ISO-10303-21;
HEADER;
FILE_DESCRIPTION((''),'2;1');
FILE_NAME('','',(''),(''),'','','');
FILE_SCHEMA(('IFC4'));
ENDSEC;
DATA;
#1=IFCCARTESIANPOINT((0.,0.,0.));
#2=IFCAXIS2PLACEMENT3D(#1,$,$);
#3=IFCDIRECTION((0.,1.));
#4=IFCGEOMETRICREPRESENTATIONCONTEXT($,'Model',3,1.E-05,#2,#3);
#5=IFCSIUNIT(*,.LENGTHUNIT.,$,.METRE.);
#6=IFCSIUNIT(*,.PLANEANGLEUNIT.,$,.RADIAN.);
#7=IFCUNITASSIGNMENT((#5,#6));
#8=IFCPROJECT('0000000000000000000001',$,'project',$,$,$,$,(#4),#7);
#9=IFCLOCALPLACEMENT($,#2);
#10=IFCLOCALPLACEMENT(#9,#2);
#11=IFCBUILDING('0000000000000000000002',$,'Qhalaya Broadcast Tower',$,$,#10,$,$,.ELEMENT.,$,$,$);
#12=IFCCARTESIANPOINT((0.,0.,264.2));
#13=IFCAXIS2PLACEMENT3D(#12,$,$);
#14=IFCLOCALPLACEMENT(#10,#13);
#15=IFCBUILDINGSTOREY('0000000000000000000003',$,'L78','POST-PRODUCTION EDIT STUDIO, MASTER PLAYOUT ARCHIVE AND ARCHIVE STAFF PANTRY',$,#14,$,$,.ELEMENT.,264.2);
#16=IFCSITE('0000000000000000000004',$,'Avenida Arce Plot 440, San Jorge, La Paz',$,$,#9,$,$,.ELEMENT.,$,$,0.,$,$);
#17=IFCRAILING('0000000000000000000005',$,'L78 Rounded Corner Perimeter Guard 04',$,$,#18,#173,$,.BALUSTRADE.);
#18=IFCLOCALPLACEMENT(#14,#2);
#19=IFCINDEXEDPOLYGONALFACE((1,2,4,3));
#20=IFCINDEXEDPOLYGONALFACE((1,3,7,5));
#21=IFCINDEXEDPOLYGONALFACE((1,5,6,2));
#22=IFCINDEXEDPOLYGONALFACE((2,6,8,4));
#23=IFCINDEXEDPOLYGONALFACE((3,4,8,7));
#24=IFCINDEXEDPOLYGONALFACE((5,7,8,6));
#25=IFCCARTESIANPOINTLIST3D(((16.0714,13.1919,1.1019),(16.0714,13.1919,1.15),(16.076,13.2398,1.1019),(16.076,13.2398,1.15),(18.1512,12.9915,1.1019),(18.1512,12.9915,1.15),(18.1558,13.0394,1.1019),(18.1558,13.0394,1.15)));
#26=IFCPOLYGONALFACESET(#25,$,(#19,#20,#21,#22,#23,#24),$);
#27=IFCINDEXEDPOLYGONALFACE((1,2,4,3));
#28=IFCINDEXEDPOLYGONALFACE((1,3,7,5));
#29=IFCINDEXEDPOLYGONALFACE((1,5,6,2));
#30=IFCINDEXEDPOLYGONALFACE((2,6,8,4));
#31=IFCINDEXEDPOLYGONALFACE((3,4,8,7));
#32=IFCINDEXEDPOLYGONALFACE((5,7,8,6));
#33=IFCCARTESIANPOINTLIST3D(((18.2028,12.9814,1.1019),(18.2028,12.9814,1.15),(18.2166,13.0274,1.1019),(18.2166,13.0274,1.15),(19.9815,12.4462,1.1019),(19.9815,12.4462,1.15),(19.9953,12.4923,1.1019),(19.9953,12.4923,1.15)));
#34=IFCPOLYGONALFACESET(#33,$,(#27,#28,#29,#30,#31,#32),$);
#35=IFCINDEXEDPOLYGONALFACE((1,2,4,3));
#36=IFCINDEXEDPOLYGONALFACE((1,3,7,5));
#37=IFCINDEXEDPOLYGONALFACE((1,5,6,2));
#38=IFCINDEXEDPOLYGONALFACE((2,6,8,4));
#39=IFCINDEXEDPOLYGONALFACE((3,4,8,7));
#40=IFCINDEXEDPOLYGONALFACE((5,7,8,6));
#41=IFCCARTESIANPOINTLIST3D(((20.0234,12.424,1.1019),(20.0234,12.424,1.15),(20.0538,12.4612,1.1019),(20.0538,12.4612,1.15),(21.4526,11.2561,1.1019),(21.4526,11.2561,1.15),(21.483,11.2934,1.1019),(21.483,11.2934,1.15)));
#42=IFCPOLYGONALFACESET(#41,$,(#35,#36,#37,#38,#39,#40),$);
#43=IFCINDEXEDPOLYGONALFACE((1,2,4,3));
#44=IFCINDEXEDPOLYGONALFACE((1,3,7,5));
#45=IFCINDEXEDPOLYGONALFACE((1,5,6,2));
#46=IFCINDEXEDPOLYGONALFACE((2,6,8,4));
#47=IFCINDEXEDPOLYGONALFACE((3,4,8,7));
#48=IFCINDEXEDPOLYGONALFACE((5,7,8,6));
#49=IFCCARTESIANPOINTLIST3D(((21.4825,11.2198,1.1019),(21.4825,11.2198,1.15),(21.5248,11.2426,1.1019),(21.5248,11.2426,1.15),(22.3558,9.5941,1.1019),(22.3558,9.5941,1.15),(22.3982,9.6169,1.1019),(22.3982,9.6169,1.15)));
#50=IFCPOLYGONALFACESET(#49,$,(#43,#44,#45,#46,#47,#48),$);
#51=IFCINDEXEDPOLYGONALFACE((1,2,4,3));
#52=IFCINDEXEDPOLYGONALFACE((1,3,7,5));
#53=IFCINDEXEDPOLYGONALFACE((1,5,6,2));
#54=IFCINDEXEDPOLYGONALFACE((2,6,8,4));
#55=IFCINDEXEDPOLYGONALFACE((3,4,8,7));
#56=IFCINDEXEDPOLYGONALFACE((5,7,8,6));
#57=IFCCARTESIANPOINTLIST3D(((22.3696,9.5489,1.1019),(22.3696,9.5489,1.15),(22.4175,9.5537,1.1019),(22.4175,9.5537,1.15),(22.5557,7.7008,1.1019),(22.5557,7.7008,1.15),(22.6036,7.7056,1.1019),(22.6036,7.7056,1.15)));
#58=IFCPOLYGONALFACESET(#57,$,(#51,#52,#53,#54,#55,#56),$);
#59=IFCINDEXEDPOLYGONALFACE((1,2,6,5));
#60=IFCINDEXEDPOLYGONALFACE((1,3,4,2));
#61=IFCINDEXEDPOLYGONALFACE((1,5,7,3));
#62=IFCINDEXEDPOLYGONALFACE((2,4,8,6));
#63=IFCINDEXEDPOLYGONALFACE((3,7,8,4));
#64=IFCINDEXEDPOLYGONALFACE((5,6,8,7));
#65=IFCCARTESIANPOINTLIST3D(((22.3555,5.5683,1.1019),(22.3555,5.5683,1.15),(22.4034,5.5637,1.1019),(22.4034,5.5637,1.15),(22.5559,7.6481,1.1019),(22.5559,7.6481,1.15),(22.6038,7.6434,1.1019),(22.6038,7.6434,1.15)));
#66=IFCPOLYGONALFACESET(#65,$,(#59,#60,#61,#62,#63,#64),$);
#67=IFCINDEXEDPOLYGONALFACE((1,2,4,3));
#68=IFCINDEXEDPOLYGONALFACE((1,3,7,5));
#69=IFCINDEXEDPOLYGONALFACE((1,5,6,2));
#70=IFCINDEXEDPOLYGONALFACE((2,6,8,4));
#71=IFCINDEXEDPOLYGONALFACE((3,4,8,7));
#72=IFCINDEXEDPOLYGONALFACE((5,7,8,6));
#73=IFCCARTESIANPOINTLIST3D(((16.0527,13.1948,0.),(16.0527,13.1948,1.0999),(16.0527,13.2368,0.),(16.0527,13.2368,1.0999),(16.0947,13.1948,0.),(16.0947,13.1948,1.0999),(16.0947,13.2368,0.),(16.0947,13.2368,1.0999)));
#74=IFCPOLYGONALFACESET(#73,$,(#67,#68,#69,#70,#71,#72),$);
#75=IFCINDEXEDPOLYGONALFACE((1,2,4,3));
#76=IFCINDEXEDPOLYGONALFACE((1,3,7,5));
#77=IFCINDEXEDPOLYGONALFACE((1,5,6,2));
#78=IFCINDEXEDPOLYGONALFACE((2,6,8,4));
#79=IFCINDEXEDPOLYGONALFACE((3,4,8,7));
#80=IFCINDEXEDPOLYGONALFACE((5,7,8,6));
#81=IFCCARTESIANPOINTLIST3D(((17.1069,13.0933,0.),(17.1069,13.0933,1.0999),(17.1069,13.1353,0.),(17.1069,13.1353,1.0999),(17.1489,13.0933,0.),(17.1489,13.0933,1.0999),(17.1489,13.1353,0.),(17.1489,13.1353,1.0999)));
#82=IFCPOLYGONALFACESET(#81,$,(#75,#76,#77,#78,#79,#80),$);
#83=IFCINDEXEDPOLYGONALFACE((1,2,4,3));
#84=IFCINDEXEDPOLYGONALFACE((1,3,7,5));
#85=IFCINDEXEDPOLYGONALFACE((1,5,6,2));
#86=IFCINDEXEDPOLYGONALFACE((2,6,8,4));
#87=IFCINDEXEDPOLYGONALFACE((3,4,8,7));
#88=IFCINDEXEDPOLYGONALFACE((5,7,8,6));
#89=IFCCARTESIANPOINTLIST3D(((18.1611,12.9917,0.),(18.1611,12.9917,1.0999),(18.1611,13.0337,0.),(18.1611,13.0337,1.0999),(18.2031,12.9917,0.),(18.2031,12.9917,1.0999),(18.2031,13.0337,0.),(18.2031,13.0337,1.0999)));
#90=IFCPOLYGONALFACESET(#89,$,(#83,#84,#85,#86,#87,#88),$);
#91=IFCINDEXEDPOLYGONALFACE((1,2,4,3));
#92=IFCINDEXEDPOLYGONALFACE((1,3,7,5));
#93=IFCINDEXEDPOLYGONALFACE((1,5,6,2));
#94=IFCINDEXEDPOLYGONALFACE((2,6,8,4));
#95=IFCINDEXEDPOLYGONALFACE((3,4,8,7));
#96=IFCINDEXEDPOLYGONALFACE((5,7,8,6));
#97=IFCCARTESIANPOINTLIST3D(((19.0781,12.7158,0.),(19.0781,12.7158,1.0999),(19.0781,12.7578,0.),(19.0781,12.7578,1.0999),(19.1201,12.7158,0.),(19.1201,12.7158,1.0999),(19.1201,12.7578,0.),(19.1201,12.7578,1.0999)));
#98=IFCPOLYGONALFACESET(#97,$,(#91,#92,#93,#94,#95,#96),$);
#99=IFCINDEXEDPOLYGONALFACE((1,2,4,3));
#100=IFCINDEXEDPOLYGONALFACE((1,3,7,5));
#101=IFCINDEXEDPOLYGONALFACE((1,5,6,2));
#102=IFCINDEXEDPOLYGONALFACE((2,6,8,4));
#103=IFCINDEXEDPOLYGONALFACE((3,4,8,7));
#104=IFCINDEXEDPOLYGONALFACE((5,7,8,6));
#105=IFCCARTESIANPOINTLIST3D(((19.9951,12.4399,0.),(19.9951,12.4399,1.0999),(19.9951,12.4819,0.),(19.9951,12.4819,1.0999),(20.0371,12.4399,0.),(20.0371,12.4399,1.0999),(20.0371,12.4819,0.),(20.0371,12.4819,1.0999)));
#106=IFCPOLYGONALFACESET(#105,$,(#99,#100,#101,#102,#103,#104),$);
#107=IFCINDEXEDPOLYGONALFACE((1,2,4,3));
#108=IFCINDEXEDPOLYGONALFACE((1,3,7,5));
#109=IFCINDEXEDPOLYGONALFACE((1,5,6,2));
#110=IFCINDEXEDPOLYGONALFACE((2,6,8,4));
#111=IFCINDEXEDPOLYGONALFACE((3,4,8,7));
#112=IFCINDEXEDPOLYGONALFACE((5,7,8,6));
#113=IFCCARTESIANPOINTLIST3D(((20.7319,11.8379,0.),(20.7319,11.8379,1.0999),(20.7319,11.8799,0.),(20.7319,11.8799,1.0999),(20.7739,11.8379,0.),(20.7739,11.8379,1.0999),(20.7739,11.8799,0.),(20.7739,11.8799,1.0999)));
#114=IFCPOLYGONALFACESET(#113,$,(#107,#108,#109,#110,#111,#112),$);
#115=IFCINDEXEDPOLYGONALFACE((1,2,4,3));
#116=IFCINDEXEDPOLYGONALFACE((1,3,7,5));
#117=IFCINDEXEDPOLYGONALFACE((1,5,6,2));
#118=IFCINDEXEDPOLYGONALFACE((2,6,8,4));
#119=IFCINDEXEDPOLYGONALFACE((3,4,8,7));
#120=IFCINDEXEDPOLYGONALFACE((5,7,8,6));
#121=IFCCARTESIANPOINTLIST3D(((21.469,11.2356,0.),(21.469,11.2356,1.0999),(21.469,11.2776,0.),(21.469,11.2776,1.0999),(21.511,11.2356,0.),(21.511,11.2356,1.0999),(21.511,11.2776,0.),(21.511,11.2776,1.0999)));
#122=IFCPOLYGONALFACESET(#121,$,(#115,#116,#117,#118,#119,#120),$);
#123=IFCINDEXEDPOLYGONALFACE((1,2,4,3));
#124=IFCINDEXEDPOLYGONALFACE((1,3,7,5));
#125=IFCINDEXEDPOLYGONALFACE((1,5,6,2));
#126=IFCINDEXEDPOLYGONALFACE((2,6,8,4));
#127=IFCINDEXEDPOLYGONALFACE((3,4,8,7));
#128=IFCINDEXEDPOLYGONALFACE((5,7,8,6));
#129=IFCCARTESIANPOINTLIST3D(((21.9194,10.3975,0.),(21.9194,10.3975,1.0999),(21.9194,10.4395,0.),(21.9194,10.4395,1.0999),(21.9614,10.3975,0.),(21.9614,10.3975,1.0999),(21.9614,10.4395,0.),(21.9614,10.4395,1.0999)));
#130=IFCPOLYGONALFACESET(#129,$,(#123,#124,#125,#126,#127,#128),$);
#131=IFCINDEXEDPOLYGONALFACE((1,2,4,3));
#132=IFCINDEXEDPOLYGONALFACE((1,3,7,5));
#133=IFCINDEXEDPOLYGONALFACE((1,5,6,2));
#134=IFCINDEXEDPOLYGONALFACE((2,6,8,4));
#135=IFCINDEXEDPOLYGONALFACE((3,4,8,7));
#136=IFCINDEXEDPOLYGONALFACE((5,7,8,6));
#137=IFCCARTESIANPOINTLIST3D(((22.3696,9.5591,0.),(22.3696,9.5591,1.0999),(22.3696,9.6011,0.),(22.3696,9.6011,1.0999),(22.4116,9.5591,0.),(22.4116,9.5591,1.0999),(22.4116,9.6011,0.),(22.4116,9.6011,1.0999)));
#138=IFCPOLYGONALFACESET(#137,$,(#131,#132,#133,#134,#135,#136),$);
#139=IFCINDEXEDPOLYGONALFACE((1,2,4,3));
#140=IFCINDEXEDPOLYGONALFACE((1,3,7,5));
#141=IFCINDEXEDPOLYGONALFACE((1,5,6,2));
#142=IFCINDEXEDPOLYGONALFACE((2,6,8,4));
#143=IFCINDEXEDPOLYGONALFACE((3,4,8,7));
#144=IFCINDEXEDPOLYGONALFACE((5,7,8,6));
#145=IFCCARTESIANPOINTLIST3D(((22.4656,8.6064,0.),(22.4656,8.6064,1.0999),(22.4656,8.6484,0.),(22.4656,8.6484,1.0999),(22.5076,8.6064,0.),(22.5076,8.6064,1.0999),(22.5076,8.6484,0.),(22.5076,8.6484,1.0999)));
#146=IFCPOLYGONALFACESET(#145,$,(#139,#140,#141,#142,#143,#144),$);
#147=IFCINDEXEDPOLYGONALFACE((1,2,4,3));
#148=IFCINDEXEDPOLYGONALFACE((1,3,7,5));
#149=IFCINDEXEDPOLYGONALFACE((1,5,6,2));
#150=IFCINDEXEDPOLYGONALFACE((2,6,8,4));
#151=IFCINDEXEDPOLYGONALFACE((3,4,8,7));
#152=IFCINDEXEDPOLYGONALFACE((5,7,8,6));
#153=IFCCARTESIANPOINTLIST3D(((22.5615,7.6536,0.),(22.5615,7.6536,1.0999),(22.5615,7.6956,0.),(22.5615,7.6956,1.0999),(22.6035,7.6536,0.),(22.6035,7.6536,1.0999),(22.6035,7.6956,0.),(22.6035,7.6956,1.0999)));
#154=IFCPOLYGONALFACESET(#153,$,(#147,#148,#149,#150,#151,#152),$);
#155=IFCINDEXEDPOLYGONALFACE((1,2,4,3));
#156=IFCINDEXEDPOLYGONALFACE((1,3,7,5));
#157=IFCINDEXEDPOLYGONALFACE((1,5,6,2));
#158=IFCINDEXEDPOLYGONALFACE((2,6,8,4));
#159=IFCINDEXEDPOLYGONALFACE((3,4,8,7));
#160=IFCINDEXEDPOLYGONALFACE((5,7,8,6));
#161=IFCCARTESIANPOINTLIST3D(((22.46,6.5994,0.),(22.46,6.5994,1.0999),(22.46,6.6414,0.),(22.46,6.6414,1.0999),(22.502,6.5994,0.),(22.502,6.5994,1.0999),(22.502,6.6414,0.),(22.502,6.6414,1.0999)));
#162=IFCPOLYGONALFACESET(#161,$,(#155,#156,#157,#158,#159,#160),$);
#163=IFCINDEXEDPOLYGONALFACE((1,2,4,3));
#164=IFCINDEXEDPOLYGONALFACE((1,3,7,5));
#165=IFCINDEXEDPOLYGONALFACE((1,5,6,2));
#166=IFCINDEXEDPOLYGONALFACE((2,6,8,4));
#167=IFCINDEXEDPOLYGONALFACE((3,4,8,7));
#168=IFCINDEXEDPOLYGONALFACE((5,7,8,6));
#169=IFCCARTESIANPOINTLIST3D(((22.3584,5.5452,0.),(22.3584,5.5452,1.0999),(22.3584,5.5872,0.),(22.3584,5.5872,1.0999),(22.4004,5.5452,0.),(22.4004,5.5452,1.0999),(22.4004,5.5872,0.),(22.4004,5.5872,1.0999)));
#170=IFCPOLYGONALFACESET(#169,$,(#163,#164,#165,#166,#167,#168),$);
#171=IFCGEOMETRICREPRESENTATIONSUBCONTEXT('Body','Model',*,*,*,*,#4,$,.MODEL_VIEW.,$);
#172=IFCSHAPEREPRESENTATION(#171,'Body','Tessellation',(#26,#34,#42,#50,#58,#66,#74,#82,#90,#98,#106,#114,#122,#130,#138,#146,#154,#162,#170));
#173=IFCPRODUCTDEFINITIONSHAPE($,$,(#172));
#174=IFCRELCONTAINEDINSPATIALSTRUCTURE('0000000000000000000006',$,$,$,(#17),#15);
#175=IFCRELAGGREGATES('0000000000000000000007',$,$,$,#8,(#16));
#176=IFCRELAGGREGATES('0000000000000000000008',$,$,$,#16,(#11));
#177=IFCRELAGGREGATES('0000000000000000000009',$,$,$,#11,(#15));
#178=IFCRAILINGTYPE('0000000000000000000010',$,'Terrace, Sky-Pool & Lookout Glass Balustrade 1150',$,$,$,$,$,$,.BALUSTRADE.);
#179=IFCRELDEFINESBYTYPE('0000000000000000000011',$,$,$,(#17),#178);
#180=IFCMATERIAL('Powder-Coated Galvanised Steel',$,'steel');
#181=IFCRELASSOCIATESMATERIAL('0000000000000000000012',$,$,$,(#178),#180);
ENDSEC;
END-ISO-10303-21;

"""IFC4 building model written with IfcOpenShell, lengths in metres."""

from ifc_helpers import new_model, si_unit, direction, frame, origin, origin_2d, place, context, subcontext, project, spatial, rectangle, extrude, material, type_object, element, save


model = new_model("IFC4")

# Units and contexts
model_context = context("Model", 3, precision=1e-05, world=origin(), true_north=direction((0.0, 1.0)))
body_context = subcontext(model_context, "Body", "Model", "MODEL_VIEW")
ifc_project = project(units=[si_unit("LENGTHUNIT", "METRE"), si_unit("PLANEANGLEUNIT", "RADIAN")], contexts=[model_context])

# Site, building, storey
site_placement = place(None, origin())
site = spatial("IfcSite", under=ifc_project, at=site_placement, Name="Avenida Arce Plot 440, San Jorge, La Paz", CompositionType="ELEMENT", RefElevation=0.0)
building_placement = place(site_placement, origin())
building = spatial("IfcBuilding", under=site, at=building_placement, Name="Qhalaya Broadcast Tower", CompositionType="ELEMENT")
storey_placement = place(building_placement, frame((0.0, 0.0, 264.2)))
storey = spatial("IfcBuildingStorey", under=building, at=storey_placement, Name="L78", Description="POST-PRODUCTION EDIT STUDIO, MASTER PLAYOUT ARCHIVE AND ARCHIVE STAFF PANTRY", CompositionType="ELEMENT", Elevation=264.2)

# Railing
ifc_material_1 = material(Name="Powder-Coated Galvanised Steel", Category="steel")
railing_type = type_object("IfcRailingType", Name="Terrace, Sky-Pool & Lookout Glass Balustrade 1150", PredefinedType="BALUSTRADE", material=ifc_material_1)
railing_placement = place(storey_placement, frame((16.0737, 13.2158, 0.0)))
element("IfcRailing", 1, at=railing_placement, inside=storey, type_object=railing_type, Name="L78 Rounded Corner Perimeter Guard 04", PredefinedType="BALUSTRADE", context=body_context, shape_type="SweptSolid", body=[
    extrude(rectangle(XDim=0.0481, YDim=0.0481, at=origin_2d()), frame((0.0, 0.0, 1.126), z_axis=(0.995391, -0.095897, 0.0), x_axis=(0.095897, 0.995391, 0.0)), (0.0, 0.0, 1.0), 2.0894),
    extrude(rectangle(XDim=0.0481, YDim=0.0481, at=origin_2d()), frame((2.136, -0.2114, 1.126), z_axis=(0.957601, -0.288096, 0.0), x_axis=(0.288096, 0.957601, 0.0)), (0.0, 0.0, 1.0), 1.8574),
    extrude(rectangle(XDim=0.0481, YDim=0.0481, at=origin_2d()), frame((3.9648, -0.7732, 1.126), z_axis=(0.774357, -0.632749, 0.0), x_axis=(0.632749, 0.774357, 0.0)), (0.0, 0.0, 1.0), 1.8457),
    extrude(rectangle(XDim=0.0481, YDim=0.0481, at=origin_2d()), frame((5.4299, -1.9846, 1.126), z_axis=(0.473243, -0.880932, 0.0), x_axis=(0.880932, 0.473243, 0.0)), (0.0, 0.0, 1.0), 1.8455),
    extrude(rectangle(XDim=0.0481, YDim=0.0481, at=origin_2d()), frame((6.3198, -3.6646, 1.126), z_axis=(0.100198, -0.994968, 0.0), x_axis=(0.994968, 0.100198, 0.0)), (0.0, 0.0, 1.0), 1.8574),
    extrude(rectangle(XDim=0.0481, YDim=0.0481, at=origin_2d()), frame((6.5061, -5.5701, 1.126), z_axis=(-0.095897, -0.995391, 0.0), x_axis=(0.995391, -0.095897, 0.0)), (0.0, 0.0, 1.0), 2.0894),
    extrude(rectangle(XDim=0.042, YDim=0.042, at=origin_2d()), origin(), (0.0, 0.0, 1.0), 1.0999),
    extrude(rectangle(XDim=0.042, YDim=0.042, at=origin_2d()), frame((1.0542, -0.1016, 0.0)), (0.0, 0.0, 1.0), 1.0999),
    extrude(rectangle(XDim=0.042, YDim=0.042, at=origin_2d()), frame((2.1084, -0.2031, 0.0)), (0.0, 0.0, 1.0), 1.0999),
    extrude(rectangle(XDim=0.042, YDim=0.042, at=origin_2d()), frame((3.0254, -0.479, 0.0)), (0.0, 0.0, 1.0), 1.0999),
    extrude(rectangle(XDim=0.042, YDim=0.042, at=origin_2d()), frame((3.9424, -0.7549, 0.0)), (0.0, 0.0, 1.0), 1.0999),
    extrude(rectangle(XDim=0.042, YDim=0.042, at=origin_2d()), frame((4.6792, -1.3569, 0.0)), (0.0, 0.0, 1.0), 1.0999),
    extrude(rectangle(XDim=0.042, YDim=0.042, at=origin_2d()), frame((5.4163, -1.9592, 0.0)), (0.0, 0.0, 1.0), 1.0999),
    extrude(rectangle(XDim=0.042, YDim=0.042, at=origin_2d()), frame((5.8667, -2.7974, 0.0)), (0.0, 0.0, 1.0), 1.0999),
    extrude(rectangle(XDim=0.042, YDim=0.042, at=origin_2d()), frame((6.3169, -3.6357, 0.0)), (0.0, 0.0, 1.0), 1.0999),
    extrude(rectangle(XDim=0.042, YDim=0.042, at=origin_2d()), frame((6.4128, -4.5884, 0.0)), (0.0, 0.0, 1.0), 1.0999),
    extrude(rectangle(XDim=0.042, YDim=0.042, at=origin_2d()), frame((6.5088, -5.5413, 0.0)), (0.0, 0.0, 1.0), 1.0999),
    extrude(rectangle(XDim=0.042, YDim=0.042, at=origin_2d()), frame((6.4072, -6.5955, 0.0)), (0.0, 0.0, 1.0), 1.0999),
    extrude(rectangle(XDim=0.042, YDim=0.042, at=origin_2d()), frame((6.3057, -7.6497, 0.0)), (0.0, 0.0, 1.0), 1.0999),
])

save(model, "model.ifc")
